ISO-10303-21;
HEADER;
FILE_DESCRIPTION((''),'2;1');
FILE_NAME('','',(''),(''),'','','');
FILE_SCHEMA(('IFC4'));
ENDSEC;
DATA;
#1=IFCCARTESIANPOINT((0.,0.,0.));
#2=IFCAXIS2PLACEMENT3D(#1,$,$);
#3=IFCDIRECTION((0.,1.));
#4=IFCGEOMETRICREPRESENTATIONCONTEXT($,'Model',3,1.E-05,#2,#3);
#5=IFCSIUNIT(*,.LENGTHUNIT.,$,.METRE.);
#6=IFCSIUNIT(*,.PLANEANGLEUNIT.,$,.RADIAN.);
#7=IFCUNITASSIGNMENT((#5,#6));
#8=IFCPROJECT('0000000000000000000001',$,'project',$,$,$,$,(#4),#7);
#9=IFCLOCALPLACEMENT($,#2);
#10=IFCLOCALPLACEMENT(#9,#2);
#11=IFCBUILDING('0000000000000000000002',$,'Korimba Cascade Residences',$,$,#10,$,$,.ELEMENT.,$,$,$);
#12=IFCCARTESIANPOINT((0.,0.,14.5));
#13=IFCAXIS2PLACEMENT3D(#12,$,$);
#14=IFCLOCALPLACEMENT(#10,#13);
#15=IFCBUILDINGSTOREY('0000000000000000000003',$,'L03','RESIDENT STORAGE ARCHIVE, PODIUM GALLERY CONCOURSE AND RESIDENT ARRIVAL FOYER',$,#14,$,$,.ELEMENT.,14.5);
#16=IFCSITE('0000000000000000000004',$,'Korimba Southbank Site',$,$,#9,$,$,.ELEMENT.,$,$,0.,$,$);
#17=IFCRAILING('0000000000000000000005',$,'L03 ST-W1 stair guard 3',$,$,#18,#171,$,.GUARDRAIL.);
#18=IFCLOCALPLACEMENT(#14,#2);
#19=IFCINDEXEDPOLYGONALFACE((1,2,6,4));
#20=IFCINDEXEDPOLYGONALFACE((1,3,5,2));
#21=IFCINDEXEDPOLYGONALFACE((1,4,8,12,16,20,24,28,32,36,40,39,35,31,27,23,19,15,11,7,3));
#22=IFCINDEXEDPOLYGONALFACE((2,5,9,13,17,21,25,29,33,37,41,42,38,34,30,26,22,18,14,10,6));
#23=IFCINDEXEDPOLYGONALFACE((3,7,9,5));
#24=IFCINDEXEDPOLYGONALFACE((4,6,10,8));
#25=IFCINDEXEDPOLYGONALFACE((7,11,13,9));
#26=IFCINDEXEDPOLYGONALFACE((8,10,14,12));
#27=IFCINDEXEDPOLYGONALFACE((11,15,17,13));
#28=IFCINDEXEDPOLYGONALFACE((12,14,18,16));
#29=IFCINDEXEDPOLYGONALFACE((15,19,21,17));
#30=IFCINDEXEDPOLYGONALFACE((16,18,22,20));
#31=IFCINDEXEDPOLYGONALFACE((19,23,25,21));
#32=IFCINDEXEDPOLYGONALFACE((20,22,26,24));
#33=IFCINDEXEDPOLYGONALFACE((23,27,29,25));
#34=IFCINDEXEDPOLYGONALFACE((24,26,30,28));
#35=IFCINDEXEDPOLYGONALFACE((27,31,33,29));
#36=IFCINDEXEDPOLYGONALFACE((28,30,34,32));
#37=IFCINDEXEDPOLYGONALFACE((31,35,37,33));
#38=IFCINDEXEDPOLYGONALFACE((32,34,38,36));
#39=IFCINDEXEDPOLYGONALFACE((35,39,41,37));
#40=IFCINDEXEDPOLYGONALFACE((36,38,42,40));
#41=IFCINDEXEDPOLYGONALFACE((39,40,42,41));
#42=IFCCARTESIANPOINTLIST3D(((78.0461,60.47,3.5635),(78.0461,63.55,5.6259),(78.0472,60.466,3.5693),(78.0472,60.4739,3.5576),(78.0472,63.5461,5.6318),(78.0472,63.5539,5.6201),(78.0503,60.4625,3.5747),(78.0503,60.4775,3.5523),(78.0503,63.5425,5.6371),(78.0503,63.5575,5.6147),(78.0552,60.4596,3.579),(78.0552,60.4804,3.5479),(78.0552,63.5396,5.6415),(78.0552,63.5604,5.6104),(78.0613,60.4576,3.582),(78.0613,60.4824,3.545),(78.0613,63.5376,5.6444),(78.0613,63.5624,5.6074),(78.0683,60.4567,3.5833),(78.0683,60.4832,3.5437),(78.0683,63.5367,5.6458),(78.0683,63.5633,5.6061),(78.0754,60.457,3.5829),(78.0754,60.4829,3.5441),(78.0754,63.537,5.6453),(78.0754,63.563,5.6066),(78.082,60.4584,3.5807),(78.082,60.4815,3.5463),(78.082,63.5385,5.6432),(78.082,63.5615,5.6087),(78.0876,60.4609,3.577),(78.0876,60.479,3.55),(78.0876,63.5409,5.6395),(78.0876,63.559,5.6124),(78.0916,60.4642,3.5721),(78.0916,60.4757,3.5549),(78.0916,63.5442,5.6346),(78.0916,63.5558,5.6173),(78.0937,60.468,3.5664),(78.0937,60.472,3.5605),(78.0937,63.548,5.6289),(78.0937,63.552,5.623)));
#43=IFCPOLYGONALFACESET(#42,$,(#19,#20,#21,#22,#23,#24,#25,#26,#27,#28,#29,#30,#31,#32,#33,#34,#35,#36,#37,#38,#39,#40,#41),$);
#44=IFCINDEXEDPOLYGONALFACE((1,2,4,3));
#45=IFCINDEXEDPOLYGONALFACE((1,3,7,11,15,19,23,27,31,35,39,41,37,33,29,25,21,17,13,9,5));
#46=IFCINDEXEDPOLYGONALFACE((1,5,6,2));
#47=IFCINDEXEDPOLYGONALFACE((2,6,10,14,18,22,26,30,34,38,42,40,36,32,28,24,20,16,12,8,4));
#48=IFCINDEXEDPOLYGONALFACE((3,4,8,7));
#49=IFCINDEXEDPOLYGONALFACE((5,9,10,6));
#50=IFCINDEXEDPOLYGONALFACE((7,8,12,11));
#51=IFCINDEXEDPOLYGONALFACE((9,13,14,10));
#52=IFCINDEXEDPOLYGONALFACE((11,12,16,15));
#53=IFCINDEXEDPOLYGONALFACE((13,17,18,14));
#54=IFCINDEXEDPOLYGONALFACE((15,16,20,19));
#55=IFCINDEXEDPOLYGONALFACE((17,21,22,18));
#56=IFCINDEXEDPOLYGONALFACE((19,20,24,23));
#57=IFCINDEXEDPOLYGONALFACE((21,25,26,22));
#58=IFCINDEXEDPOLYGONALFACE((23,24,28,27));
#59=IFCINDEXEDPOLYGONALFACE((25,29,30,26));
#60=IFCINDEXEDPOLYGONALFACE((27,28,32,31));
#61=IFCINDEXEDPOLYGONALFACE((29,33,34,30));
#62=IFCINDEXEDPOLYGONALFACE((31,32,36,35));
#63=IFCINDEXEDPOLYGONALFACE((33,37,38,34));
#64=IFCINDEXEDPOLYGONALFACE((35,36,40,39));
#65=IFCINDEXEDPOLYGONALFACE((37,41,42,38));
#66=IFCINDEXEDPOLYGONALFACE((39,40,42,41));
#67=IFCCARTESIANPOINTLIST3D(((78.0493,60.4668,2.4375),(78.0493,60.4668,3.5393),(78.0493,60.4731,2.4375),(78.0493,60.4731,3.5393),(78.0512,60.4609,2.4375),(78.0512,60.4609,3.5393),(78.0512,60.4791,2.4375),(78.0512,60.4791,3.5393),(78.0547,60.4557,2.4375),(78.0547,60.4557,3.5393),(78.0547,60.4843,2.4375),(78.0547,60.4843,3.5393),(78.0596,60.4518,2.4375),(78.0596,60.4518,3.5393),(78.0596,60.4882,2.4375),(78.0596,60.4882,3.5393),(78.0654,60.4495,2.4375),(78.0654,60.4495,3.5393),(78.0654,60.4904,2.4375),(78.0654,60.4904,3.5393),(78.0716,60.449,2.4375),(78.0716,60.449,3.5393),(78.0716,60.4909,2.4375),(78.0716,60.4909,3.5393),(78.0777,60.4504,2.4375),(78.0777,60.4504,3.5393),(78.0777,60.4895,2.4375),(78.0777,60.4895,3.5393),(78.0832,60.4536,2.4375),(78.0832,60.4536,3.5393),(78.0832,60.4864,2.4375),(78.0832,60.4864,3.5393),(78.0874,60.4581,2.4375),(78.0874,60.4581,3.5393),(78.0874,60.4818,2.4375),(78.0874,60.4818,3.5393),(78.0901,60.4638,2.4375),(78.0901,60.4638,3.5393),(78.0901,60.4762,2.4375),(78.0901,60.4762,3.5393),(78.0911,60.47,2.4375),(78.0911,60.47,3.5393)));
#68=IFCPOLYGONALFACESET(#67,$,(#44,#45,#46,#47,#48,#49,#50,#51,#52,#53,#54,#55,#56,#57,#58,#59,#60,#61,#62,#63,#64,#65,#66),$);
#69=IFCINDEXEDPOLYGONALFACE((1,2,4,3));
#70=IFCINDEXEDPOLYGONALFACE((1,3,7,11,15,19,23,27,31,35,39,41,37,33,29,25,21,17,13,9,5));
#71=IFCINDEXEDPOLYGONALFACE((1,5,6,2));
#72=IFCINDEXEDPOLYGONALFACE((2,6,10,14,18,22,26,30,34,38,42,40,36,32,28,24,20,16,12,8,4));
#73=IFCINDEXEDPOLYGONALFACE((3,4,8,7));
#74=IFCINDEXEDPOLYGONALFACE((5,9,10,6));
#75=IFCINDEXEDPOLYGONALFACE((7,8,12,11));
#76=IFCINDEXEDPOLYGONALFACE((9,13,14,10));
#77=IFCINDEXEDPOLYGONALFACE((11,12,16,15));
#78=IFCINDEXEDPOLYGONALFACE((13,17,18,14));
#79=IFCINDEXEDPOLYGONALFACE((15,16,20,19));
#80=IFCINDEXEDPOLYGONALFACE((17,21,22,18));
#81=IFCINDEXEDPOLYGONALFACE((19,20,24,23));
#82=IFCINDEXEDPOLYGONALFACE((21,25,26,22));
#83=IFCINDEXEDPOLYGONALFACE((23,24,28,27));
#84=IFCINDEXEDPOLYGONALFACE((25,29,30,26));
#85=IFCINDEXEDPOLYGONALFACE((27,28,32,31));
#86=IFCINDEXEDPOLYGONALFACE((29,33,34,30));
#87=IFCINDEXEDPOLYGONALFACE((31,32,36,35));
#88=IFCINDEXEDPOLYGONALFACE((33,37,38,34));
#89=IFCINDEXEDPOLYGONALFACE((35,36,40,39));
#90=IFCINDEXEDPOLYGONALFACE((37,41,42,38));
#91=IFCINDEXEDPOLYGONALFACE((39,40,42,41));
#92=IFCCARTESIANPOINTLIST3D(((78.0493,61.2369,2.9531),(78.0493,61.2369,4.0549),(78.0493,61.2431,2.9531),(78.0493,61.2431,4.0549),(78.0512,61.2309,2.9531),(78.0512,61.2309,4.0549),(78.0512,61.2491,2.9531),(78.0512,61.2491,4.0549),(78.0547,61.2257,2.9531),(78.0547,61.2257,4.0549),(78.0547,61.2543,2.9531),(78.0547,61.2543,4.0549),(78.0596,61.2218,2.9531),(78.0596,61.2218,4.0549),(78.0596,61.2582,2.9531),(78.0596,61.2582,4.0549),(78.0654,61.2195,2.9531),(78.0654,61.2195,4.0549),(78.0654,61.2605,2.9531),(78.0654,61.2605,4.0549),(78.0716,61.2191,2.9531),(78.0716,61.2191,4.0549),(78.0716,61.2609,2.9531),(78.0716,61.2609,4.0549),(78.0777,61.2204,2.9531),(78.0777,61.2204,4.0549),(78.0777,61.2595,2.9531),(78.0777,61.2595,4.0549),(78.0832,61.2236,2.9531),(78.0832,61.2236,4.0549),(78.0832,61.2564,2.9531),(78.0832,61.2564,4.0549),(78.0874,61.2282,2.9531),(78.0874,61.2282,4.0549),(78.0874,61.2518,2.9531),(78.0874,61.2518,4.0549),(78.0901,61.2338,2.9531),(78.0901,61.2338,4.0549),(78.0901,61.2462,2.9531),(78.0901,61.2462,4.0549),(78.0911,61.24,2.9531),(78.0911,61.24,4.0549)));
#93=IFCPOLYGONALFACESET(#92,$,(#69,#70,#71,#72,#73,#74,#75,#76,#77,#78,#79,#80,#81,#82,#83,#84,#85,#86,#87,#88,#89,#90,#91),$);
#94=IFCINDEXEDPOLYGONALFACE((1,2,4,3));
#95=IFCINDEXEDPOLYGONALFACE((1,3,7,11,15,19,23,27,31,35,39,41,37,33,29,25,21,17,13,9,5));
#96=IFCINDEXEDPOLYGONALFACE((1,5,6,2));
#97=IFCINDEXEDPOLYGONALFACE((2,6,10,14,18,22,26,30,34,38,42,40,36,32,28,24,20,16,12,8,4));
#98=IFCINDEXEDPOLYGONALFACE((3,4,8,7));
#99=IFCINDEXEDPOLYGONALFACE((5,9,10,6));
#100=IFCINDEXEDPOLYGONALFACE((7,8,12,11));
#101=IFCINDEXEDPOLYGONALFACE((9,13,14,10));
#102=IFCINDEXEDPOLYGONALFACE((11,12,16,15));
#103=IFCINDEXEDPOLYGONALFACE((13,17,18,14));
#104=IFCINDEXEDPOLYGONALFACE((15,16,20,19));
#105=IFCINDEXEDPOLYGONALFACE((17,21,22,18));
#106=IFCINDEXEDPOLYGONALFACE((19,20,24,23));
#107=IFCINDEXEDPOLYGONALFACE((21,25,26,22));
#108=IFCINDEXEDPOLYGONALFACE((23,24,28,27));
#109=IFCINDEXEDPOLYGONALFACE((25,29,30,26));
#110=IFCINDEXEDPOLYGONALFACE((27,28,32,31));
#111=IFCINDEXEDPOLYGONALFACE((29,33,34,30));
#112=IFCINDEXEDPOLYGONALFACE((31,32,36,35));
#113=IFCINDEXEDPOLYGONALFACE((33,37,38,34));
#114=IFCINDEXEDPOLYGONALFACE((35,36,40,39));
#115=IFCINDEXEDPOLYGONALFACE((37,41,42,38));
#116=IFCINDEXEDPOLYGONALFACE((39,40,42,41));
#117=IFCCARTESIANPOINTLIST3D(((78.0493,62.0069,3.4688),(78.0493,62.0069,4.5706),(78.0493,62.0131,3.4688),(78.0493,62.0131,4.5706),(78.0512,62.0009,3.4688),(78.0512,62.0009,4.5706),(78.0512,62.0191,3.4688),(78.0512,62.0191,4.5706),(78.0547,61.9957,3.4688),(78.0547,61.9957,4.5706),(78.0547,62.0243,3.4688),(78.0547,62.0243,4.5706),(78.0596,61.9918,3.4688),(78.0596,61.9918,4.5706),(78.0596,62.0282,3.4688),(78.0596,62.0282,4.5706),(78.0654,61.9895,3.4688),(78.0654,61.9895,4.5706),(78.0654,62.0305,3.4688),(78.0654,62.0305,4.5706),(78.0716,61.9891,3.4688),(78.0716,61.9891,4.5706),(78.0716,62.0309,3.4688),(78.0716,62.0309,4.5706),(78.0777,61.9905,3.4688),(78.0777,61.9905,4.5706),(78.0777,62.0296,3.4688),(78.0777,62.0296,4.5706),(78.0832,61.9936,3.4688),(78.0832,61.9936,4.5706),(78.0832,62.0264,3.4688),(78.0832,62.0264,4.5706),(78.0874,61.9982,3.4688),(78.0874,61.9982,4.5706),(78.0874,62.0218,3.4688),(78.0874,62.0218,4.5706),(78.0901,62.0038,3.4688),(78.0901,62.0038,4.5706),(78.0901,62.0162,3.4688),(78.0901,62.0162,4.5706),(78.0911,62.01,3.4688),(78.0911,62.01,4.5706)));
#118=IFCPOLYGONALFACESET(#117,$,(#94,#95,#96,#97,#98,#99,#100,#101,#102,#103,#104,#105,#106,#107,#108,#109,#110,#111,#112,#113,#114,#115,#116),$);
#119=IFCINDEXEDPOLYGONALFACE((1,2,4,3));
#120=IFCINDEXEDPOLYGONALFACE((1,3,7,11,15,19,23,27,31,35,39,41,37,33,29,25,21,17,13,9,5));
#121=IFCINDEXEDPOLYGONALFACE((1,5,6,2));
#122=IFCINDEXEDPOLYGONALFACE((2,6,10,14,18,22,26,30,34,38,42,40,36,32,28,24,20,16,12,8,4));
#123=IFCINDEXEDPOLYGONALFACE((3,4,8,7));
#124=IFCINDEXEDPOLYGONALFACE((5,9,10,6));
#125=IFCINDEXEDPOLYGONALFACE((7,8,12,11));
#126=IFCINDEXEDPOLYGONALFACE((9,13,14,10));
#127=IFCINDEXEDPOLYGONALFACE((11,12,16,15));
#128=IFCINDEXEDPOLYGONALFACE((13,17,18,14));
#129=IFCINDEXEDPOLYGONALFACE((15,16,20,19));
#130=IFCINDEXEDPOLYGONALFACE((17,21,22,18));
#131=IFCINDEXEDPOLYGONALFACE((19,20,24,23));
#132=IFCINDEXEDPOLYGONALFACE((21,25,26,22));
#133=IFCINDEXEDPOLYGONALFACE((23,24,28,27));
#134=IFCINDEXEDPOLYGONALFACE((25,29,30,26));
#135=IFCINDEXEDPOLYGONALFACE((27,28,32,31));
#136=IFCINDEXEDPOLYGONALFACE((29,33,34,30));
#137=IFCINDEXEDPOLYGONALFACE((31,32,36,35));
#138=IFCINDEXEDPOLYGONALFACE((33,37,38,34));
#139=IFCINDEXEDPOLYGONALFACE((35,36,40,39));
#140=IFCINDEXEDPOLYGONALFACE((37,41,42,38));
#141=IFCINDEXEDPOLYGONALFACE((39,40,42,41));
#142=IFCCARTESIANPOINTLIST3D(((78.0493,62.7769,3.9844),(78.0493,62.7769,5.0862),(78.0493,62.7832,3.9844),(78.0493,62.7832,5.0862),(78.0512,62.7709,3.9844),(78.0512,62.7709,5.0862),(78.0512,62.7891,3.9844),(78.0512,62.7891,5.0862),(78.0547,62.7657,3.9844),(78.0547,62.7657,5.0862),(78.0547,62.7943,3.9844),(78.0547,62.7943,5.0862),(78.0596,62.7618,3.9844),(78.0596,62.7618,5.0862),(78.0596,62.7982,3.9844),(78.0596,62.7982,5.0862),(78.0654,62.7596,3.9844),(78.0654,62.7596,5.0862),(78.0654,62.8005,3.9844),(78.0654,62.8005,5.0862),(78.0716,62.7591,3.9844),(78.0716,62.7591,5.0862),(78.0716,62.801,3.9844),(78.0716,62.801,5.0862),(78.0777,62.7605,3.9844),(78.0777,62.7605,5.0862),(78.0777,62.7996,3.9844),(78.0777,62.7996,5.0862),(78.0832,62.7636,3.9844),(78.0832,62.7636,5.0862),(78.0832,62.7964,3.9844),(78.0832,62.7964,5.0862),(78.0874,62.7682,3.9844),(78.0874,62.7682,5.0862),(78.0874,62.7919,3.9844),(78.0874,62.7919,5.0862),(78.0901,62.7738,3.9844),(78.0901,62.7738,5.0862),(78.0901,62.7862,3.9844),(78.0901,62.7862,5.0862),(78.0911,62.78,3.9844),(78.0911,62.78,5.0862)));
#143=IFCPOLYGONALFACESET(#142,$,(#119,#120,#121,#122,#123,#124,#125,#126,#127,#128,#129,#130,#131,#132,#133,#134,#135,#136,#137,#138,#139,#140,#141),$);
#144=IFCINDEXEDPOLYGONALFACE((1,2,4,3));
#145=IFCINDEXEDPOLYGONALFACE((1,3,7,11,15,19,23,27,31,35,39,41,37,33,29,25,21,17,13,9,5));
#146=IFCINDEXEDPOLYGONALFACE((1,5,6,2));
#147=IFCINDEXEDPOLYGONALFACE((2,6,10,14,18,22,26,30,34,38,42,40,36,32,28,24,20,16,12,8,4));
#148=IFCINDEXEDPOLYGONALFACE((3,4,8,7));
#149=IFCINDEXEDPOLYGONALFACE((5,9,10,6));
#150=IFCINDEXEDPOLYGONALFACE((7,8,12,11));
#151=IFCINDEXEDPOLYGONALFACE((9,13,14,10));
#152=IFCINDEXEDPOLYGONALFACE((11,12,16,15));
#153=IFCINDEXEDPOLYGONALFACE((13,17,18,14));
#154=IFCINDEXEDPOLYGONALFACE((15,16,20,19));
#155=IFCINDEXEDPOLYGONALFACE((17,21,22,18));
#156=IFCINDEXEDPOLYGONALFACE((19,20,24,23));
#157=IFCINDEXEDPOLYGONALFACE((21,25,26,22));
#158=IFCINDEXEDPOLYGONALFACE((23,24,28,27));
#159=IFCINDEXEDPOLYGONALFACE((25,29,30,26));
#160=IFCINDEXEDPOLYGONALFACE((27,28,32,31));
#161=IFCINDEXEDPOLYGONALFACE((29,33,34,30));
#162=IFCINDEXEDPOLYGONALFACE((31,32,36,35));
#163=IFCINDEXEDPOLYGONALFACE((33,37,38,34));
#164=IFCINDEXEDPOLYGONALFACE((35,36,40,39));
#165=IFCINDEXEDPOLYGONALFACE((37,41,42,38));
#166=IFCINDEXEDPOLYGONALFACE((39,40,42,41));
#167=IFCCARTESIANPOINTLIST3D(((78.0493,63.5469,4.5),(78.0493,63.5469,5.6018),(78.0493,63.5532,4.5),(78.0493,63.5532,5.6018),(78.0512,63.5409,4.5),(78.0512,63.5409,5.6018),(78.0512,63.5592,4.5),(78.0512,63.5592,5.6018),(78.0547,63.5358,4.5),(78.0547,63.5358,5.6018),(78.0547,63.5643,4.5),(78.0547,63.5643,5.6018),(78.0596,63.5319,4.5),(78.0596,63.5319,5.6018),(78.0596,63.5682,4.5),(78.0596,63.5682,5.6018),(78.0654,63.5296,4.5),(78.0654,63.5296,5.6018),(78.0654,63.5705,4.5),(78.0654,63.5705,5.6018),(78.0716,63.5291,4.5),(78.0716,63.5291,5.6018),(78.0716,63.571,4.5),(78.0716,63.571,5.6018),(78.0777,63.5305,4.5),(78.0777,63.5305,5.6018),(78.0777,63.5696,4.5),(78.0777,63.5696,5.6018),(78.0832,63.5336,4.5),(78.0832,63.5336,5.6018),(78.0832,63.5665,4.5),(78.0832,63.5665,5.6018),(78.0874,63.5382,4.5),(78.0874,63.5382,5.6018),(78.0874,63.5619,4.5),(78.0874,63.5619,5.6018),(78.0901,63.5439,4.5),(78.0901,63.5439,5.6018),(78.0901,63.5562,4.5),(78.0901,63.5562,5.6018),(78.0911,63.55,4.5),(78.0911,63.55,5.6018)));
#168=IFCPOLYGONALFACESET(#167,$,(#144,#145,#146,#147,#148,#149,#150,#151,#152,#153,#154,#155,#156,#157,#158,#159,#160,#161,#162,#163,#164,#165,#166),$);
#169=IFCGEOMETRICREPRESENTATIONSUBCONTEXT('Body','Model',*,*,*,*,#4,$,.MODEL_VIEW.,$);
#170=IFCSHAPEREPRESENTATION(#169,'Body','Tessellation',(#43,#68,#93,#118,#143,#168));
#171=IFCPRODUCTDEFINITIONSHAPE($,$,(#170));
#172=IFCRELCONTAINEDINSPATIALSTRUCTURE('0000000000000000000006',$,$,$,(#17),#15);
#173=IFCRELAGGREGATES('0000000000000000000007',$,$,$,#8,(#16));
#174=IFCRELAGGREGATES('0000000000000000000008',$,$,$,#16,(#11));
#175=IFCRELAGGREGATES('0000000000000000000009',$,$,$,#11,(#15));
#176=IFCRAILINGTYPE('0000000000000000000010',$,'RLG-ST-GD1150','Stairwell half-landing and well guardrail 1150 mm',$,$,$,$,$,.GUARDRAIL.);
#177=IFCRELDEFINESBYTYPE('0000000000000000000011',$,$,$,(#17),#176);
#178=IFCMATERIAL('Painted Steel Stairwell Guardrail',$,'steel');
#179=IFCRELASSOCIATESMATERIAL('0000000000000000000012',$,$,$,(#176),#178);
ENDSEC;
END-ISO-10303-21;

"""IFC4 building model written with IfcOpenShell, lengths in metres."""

from ifc_helpers import new_model, si_unit, direction, frame, origin, origin_2d, place, context, subcontext, project, spatial, circle, extrude, material, type_object, element, save


model = new_model("IFC4")

# Units and contexts
model_context = context("Model", 3, precision=1e-05, world=origin(), true_north=direction((0.0, 1.0)))
body_context = subcontext(model_context, "Body", "Model", "MODEL_VIEW")
ifc_project = project(units=[si_unit("LENGTHUNIT", "METRE"), si_unit("PLANEANGLEUNIT", "RADIAN")], contexts=[model_context])

# Site, building, storey
site_placement = place(None, origin())
site = spatial("IfcSite", under=ifc_project, at=site_placement, Name="Korimba Southbank Site", CompositionType="ELEMENT", RefElevation=0.0)
building_placement = place(site_placement, origin())
building = spatial("IfcBuilding", under=site, at=building_placement, Name="Korimba Cascade Residences", CompositionType="ELEMENT")
storey_placement = place(building_placement, frame((0.0, 0.0, 14.5)))
storey = spatial("IfcBuildingStorey", under=building, at=storey_placement, Name="L03", Description="RESIDENT STORAGE ARCHIVE, PODIUM GALLERY CONCOURSE AND RESIDENT ARRIVAL FOYER", CompositionType="ELEMENT", Elevation=14.5)

# Railing
ifc_material_1 = material(Name="Painted Steel Stairwell Guardrail", Category="steel")
railing_type_1 = type_object("IfcRailingType", Name="RLG-ST-GD1150", Description="Stairwell half-landing and well guardrail 1150 mm", PredefinedType="GUARDRAIL", material=ifc_material_1)
railing_1_placement = place(storey_placement, frame((78.0701, 60.47, 2.4375)))
element("IfcRailing", 1, at=railing_1_placement, inside=storey, type_object=railing_type_1, Name="L03 ST-W1 stair guard 3", PredefinedType="GUARDRAIL", context=body_context, shape_type="SweptSolid", body=[
    extrude(circle(Radius=0.0239, at=origin_2d()), frame((0.0, 0.0, 1.126), z_axis=(0.0, 0.830914, 0.556401), x_axis=(-1.0, 0.0, 0.0)), (0.0, 0.0, 1.0), 3.7068),
    extrude(circle(Radius=0.021, at=origin_2d()), origin(), (0.0, 0.0, 1.0), 1.1018),
    extrude(circle(Radius=0.021, at=origin_2d()), frame((0.0, 0.77, 0.5156)), (0.0, 0.0, 1.0), 1.1018),
    extrude(circle(Radius=0.021, at=origin_2d()), frame((0.0, 1.54, 1.0312)), (0.0, 0.0, 1.0), 1.1018),
    extrude(circle(Radius=0.021, at=origin_2d()), frame((0.0, 2.3101, 1.5469)), (0.0, 0.0, 1.0), 1.1018),
    extrude(circle(Radius=0.021, at=origin_2d()), frame((0.0, 3.0801, 2.0625)), (0.0, 0.0, 1.0), 1.1018),
])

save(model, "model.ifc")
